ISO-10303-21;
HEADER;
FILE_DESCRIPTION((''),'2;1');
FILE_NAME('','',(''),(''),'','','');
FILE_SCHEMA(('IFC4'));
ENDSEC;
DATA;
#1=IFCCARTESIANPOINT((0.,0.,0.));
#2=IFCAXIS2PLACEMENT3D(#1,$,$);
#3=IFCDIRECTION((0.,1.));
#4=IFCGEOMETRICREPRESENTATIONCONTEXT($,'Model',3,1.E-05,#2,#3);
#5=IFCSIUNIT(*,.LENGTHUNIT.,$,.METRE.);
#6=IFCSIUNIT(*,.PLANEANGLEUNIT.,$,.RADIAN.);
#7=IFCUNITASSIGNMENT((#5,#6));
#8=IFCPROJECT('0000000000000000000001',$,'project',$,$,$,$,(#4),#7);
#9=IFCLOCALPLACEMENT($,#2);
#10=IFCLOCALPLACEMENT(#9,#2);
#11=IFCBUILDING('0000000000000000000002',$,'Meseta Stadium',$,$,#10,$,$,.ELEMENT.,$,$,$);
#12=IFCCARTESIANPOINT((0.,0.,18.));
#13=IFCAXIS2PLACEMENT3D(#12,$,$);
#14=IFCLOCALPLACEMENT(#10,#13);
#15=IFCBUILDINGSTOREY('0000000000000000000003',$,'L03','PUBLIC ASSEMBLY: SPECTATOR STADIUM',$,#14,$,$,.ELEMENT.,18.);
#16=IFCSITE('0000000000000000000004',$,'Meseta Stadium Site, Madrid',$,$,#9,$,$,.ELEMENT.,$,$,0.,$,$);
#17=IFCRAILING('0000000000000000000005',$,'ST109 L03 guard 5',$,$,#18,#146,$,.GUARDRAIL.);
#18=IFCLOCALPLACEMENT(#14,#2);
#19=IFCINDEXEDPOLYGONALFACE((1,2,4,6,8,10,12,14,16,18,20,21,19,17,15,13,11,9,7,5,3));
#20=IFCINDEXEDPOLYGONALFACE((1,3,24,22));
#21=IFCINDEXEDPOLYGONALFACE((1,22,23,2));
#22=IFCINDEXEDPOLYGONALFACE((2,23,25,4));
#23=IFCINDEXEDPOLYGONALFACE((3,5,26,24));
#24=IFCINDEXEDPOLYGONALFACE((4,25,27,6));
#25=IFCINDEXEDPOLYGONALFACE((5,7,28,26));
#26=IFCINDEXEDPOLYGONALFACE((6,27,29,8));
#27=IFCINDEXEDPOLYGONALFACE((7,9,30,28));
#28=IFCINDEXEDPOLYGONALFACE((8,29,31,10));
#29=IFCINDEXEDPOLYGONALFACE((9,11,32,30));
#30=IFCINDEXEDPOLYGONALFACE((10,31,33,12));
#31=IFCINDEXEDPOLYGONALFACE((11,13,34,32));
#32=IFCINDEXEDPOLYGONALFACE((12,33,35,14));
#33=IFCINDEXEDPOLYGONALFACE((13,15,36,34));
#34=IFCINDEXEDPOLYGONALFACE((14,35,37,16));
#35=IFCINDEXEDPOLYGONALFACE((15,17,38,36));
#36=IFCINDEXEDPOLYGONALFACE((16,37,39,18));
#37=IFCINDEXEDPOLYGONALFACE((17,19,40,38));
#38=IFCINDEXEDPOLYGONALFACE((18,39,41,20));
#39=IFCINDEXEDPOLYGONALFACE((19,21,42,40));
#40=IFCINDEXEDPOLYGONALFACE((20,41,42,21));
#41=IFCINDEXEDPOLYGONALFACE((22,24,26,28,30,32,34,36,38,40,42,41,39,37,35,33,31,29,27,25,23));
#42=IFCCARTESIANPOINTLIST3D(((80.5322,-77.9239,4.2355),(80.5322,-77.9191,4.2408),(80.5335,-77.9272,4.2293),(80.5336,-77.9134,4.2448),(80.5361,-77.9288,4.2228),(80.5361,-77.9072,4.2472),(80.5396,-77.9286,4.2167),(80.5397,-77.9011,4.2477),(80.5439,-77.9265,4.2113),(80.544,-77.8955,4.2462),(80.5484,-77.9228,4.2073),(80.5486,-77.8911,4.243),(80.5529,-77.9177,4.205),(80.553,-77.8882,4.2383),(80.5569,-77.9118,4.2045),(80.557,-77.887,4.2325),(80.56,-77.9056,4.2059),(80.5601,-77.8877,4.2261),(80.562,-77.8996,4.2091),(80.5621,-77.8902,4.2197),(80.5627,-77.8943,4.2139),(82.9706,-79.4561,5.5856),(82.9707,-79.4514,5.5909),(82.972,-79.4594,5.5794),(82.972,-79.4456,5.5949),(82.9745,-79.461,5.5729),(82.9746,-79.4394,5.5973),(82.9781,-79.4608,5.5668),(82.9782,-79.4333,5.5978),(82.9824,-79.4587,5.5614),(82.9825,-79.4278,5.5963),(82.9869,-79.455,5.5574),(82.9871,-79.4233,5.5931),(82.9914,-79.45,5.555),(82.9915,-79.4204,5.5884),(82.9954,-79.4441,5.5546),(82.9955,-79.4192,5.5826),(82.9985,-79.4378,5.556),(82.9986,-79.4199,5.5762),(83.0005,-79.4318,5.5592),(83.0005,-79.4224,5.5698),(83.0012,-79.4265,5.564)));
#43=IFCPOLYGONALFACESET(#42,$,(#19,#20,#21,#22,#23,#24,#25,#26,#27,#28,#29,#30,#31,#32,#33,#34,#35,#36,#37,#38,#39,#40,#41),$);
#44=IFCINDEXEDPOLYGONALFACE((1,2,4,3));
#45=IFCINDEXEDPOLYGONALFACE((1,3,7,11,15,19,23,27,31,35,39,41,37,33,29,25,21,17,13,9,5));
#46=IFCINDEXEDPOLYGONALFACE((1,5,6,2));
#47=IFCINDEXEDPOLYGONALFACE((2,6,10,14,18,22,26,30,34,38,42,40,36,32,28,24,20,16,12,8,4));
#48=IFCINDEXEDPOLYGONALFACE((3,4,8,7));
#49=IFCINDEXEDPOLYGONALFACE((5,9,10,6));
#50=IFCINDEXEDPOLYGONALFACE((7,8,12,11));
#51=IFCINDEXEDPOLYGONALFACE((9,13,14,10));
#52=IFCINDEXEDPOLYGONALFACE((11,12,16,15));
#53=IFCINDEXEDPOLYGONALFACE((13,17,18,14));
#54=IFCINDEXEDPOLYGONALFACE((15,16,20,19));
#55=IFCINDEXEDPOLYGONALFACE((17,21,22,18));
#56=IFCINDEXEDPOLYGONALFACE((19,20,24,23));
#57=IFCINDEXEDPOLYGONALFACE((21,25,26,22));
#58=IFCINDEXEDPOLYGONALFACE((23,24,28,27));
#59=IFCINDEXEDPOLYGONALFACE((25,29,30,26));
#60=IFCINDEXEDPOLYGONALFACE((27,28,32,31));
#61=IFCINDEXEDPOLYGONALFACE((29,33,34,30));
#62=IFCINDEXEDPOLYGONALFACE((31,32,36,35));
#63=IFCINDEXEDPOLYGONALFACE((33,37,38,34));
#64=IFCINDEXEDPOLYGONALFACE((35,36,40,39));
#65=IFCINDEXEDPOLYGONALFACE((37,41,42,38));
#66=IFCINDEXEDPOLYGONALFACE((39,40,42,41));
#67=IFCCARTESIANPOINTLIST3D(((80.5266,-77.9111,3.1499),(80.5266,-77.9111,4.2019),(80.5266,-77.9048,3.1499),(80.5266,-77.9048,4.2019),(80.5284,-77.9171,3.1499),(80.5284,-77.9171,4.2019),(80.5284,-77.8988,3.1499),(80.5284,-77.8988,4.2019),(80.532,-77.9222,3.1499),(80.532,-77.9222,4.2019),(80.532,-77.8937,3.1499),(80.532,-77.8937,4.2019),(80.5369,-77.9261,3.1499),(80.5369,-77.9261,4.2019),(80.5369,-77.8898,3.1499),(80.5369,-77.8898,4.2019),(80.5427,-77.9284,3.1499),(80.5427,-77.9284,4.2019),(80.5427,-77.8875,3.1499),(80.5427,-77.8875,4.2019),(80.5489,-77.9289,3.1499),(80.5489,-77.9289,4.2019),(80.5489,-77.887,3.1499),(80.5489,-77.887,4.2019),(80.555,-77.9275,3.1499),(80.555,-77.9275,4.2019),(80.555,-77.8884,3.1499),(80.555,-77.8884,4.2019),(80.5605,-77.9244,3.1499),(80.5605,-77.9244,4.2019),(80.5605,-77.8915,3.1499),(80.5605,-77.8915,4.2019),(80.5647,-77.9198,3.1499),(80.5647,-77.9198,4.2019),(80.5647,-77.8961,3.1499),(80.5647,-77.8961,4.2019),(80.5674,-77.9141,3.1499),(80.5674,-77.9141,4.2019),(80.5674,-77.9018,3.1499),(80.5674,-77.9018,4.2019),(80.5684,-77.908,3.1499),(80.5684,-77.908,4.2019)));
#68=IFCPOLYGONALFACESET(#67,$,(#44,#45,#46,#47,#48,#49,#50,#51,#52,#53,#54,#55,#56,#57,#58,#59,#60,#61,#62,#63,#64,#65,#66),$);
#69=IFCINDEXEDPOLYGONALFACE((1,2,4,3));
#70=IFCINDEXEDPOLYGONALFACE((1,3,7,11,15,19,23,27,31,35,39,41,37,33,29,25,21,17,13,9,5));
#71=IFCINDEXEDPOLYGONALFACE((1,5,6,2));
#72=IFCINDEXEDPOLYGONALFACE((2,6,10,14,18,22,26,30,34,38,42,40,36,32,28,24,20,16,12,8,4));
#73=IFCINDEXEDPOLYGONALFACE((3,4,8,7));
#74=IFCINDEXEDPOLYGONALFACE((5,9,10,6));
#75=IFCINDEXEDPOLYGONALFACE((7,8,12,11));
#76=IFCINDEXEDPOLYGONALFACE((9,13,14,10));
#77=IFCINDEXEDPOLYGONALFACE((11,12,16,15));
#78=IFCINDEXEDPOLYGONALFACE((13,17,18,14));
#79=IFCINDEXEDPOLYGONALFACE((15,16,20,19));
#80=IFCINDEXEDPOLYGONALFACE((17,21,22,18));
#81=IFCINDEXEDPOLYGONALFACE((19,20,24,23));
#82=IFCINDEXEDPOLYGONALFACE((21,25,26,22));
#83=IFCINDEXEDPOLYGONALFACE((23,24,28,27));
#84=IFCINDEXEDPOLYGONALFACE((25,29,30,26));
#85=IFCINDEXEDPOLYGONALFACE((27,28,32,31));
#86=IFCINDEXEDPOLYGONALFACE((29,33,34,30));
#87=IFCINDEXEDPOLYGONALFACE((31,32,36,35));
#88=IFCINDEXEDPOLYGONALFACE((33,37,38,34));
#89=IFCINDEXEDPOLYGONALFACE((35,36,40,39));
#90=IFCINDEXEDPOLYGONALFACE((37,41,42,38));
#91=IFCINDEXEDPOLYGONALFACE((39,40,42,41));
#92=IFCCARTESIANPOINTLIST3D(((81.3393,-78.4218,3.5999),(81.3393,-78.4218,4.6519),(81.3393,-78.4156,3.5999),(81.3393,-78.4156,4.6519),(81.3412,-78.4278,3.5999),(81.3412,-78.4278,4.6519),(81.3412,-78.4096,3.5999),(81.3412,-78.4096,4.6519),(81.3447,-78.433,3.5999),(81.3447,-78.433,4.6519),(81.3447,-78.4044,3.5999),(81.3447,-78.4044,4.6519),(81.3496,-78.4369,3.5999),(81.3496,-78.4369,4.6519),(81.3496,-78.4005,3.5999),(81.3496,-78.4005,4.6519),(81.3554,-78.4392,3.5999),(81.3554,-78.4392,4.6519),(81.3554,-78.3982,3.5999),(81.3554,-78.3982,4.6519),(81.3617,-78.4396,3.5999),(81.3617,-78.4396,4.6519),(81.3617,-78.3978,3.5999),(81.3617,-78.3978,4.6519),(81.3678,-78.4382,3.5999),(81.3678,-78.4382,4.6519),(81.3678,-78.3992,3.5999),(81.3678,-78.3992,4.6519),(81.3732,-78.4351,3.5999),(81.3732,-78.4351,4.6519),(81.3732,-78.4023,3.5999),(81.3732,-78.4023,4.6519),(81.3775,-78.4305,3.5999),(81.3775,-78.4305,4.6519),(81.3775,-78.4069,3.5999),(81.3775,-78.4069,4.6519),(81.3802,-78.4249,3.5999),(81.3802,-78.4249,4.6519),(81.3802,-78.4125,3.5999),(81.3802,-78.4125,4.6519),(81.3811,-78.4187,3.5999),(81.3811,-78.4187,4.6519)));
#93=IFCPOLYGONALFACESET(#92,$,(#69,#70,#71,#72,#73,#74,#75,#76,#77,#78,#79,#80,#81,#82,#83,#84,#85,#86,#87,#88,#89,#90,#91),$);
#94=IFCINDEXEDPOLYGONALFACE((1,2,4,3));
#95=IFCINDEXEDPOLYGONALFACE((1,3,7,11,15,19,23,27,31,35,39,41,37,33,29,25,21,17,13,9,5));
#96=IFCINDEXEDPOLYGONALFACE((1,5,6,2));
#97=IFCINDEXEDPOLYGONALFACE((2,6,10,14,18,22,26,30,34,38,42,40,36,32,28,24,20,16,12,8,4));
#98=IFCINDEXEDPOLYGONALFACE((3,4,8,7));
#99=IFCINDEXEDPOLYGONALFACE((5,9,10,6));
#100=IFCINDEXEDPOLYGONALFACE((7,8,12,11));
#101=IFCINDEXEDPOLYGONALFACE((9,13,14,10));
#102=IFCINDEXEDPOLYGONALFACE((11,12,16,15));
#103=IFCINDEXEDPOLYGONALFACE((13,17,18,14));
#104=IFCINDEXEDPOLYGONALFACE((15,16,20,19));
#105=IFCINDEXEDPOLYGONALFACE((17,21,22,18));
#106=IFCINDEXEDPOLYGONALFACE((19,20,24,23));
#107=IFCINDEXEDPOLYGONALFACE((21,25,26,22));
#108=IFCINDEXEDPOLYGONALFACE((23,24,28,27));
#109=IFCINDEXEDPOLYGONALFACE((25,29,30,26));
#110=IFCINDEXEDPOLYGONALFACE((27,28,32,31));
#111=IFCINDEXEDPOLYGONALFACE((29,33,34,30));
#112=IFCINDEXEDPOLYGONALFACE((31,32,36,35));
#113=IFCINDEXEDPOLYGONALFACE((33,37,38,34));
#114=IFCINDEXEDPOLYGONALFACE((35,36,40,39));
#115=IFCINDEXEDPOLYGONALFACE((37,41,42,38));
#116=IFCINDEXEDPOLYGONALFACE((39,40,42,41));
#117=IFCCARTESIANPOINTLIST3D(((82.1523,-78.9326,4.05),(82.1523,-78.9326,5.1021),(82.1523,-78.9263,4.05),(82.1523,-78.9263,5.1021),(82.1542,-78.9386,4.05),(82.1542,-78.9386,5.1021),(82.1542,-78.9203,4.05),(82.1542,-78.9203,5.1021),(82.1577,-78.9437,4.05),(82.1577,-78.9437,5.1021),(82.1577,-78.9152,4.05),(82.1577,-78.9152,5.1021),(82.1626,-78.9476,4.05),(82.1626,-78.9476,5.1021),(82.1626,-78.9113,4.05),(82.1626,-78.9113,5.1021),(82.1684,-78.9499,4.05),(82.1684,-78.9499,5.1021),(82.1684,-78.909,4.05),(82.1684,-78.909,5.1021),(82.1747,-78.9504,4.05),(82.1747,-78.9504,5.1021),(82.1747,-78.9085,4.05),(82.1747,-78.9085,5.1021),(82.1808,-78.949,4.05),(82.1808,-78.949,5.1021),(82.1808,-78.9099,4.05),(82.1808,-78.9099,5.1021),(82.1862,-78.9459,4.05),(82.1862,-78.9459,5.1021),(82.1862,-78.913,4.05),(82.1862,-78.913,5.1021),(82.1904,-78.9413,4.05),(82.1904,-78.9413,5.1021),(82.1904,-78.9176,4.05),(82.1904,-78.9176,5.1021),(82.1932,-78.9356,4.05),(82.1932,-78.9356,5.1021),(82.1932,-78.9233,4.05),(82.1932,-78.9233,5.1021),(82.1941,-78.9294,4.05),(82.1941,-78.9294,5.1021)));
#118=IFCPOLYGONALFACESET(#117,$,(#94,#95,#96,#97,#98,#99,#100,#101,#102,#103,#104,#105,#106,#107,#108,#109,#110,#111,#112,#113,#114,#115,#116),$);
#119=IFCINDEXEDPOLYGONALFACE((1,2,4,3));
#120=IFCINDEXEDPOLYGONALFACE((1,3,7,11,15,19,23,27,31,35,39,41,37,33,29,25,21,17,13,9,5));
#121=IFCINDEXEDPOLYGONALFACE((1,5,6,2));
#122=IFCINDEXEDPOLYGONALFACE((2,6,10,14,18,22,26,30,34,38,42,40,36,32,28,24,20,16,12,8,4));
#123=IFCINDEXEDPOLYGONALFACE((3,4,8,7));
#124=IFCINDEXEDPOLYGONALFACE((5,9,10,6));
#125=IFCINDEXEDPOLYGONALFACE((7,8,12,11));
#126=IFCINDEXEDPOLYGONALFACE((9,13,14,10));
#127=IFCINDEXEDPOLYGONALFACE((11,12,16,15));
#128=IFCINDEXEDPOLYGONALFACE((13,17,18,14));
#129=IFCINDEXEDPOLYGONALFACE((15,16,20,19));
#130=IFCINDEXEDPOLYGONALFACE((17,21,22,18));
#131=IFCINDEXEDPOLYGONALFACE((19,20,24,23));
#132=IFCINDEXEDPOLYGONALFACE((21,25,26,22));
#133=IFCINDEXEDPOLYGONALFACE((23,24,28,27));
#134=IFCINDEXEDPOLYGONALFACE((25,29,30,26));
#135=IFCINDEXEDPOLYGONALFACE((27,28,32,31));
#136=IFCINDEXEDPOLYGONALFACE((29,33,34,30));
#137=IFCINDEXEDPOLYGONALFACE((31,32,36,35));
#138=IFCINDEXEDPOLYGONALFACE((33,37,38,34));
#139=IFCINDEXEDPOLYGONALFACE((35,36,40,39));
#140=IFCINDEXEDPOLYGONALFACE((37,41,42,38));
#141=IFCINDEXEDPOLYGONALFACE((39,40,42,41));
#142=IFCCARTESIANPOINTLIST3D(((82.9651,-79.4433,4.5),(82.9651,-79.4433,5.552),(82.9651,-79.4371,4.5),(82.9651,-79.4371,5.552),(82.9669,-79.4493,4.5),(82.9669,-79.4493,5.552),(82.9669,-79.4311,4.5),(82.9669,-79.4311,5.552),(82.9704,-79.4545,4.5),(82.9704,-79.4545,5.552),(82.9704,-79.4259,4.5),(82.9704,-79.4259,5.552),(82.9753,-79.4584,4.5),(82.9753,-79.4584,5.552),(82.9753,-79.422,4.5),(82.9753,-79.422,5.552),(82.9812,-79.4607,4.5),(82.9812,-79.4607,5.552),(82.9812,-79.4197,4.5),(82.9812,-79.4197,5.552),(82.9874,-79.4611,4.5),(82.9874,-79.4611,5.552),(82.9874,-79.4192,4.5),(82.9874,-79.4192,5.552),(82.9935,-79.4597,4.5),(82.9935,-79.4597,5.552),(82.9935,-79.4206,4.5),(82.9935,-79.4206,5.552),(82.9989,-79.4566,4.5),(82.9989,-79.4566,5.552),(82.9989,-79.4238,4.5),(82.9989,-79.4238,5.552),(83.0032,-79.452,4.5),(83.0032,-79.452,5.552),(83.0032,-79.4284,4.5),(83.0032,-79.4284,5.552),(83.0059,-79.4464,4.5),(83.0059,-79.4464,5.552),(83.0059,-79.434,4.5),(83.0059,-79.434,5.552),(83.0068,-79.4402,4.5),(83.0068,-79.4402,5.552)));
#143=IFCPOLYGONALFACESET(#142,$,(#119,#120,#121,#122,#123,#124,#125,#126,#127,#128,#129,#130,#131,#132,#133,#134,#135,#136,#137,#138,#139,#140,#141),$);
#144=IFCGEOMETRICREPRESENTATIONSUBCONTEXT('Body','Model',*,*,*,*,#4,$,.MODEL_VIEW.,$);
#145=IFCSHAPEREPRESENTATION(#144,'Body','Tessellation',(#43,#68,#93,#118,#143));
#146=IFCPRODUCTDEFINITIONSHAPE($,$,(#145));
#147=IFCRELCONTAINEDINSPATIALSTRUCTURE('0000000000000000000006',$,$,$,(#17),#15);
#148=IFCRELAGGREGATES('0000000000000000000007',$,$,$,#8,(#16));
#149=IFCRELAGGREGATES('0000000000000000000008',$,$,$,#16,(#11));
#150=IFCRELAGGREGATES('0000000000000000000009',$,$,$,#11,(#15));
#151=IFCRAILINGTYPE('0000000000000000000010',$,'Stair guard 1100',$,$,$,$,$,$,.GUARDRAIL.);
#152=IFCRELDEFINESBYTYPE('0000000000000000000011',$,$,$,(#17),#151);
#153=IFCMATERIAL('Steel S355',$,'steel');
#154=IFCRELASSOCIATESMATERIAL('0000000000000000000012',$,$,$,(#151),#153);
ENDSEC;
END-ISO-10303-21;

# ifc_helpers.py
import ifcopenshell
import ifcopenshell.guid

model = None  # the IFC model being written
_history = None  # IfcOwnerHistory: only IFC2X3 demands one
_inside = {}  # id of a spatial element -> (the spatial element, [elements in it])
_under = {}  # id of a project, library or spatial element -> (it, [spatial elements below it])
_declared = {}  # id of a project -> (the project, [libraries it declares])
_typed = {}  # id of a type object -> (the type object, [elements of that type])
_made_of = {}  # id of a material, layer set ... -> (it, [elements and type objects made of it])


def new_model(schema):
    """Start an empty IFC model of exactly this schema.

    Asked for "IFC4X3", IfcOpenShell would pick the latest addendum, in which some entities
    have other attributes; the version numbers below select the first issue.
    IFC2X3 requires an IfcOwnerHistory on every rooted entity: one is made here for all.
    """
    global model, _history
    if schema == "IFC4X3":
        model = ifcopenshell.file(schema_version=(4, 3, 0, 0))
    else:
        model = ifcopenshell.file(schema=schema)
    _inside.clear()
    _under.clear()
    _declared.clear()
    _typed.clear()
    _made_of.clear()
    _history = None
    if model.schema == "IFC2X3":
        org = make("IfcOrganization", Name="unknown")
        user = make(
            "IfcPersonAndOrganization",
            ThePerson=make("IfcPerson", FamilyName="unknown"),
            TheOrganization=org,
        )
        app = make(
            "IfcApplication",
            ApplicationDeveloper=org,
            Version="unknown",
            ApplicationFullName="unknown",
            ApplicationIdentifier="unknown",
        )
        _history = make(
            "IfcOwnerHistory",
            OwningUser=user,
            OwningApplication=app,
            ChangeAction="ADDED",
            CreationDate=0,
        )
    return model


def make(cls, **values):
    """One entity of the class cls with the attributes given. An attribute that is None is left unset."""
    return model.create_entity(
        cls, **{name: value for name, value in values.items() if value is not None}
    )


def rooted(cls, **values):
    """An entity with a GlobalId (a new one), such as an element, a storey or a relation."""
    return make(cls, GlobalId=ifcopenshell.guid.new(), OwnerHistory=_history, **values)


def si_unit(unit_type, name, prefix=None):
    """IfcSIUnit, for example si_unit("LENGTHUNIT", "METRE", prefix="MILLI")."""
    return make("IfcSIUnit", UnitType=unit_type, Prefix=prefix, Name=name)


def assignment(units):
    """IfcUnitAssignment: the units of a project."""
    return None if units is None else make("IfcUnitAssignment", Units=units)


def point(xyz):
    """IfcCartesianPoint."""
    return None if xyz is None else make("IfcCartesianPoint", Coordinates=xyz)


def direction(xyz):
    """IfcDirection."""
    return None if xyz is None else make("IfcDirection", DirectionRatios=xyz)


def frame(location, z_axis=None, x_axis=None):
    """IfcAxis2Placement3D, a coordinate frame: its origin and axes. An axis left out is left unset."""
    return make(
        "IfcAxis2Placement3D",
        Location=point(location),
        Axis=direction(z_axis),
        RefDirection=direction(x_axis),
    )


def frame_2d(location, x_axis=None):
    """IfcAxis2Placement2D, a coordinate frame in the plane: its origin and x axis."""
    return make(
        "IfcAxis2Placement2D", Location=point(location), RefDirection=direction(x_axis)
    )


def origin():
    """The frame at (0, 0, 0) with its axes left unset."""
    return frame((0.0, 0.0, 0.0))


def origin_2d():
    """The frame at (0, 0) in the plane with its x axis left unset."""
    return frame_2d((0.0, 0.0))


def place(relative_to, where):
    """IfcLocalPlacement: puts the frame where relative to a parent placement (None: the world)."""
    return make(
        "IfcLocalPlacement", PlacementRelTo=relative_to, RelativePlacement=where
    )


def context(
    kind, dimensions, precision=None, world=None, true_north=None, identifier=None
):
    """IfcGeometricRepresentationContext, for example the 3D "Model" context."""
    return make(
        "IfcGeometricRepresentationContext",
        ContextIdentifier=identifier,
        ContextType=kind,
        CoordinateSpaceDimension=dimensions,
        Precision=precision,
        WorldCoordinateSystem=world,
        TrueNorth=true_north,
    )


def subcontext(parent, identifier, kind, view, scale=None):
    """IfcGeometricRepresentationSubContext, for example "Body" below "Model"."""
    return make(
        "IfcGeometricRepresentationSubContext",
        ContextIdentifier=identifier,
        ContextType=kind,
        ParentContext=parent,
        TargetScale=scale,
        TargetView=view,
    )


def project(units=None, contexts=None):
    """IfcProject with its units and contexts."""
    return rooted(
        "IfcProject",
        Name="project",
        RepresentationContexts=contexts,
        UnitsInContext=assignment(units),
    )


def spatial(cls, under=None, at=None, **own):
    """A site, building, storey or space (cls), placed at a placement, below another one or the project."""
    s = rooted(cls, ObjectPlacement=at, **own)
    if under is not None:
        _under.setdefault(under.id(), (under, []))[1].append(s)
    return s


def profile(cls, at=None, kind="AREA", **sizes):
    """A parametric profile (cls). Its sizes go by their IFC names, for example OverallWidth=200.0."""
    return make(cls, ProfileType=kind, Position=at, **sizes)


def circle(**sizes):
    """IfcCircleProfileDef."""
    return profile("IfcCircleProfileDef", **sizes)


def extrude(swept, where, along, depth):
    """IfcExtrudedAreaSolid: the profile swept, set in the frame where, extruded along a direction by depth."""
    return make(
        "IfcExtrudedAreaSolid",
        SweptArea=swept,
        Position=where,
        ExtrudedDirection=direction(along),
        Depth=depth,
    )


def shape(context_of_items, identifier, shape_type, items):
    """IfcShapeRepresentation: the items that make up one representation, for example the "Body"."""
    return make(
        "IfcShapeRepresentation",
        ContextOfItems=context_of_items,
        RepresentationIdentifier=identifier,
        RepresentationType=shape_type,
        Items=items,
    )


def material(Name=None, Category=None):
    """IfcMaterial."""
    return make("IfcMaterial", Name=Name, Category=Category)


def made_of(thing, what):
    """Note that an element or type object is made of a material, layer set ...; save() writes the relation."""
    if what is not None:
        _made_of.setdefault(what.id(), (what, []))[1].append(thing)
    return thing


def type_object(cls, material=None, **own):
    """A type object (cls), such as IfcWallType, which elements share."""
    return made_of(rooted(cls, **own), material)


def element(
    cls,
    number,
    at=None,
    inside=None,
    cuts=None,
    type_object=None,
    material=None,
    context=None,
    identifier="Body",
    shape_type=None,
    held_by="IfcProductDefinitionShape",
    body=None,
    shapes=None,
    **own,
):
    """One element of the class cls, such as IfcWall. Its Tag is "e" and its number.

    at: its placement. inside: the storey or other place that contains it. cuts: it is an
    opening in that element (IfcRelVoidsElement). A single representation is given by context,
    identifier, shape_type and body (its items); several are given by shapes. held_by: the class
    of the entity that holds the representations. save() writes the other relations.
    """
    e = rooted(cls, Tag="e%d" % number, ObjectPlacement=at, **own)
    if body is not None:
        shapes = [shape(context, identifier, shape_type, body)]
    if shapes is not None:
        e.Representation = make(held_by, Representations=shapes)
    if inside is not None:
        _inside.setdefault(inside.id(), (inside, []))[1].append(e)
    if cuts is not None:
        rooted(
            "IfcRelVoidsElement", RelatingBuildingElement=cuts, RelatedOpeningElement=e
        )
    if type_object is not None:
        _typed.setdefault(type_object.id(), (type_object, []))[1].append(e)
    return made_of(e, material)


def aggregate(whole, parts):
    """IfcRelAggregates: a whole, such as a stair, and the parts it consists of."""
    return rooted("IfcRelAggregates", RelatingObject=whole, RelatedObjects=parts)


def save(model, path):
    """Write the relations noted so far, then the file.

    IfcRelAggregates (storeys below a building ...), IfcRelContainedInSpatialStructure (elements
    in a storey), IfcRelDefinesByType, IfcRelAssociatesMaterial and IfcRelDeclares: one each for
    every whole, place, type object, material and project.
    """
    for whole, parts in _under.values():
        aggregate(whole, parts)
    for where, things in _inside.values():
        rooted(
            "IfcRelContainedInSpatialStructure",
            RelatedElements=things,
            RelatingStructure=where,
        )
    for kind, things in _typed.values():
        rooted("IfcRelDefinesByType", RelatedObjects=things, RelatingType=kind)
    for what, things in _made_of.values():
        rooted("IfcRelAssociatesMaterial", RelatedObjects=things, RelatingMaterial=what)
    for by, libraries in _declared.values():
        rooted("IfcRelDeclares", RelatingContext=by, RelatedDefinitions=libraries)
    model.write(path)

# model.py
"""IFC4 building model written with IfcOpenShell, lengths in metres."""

from ifc_helpers import new_model, si_unit, direction, frame, origin, origin_2d, place, context, subcontext, project, spatial, circle, extrude, material, type_object, element, save


model = new_model("IFC4")

# Units and contexts
model_context = context("Model", 3, precision=1e-05, world=origin(), true_north=direction((0.0, 1.0)))
body_context = subcontext(model_context, "Body", "Model", "MODEL_VIEW")
ifc_project = project(units=[si_unit("LENGTHUNIT", "METRE"), si_unit("PLANEANGLEUNIT", "RADIAN")], contexts=[model_context])

# Site, building, storey
site_placement = place(None, origin())
site = spatial("IfcSite", under=ifc_project, at=site_placement, Name="Meseta Stadium Site, Madrid", CompositionType="ELEMENT", RefElevation=0.0)
building_placement = place(site_placement, origin())
building = spatial("IfcBuilding", under=site, at=building_placement, Name="Meseta Stadium", CompositionType="ELEMENT")
storey_placement = place(building_placement, frame((0.0, 0.0, 18.0)))
storey = spatial("IfcBuildingStorey", under=building, at=storey_placement, Name="L03", Description="PUBLIC ASSEMBLY: SPECTATOR STADIUM", CompositionType="ELEMENT", Elevation=18.0)

# Railing
ifc_material_1 = material(Name="Steel S355", Category="steel")
railing_type_1 = type_object("IfcRailingType", Name="Stair guard 1100", PredefinedType="GUARDRAIL", material=ifc_material_1)
railing_1_placement = place(storey_placement, frame((80.5474, -77.908, 3.1499)))
element("IfcRailing", 1, at=railing_1_placement, inside=storey, type_object=railing_type_1, Name="ST109 L03 guard 5", PredefinedType="GUARDRAIL", context=body_context, shape_type="SweptSolid", body=[
    extrude(circle(Radius=0.0239, at=origin_2d()), frame((0.0, 0.0, 1.0762), z_axis=(0.766655, -0.481731, 0.42447), x_axis=(0.53204, 0.846719, 0.0)), (0.0, 0.0, 1.0), 3.1807),
    extrude(circle(Radius=0.021, at=origin_2d()), origin(), (0.0, 0.0, 1.0), 1.052),
    extrude(circle(Radius=0.021, at=origin_2d()), frame((0.8127, -0.5107, 0.45)), (0.0, 0.0, 1.0), 1.052),
    extrude(circle(Radius=0.021, at=origin_2d()), frame((1.6257, -1.0215, 0.9001)), (0.0, 0.0, 1.0), 1.052),
    extrude(circle(Radius=0.021, at=origin_2d()), frame((2.4385, -1.5322, 1.3501)), (0.0, 0.0, 1.0), 1.052),
])

save(model, "model.ifc")
